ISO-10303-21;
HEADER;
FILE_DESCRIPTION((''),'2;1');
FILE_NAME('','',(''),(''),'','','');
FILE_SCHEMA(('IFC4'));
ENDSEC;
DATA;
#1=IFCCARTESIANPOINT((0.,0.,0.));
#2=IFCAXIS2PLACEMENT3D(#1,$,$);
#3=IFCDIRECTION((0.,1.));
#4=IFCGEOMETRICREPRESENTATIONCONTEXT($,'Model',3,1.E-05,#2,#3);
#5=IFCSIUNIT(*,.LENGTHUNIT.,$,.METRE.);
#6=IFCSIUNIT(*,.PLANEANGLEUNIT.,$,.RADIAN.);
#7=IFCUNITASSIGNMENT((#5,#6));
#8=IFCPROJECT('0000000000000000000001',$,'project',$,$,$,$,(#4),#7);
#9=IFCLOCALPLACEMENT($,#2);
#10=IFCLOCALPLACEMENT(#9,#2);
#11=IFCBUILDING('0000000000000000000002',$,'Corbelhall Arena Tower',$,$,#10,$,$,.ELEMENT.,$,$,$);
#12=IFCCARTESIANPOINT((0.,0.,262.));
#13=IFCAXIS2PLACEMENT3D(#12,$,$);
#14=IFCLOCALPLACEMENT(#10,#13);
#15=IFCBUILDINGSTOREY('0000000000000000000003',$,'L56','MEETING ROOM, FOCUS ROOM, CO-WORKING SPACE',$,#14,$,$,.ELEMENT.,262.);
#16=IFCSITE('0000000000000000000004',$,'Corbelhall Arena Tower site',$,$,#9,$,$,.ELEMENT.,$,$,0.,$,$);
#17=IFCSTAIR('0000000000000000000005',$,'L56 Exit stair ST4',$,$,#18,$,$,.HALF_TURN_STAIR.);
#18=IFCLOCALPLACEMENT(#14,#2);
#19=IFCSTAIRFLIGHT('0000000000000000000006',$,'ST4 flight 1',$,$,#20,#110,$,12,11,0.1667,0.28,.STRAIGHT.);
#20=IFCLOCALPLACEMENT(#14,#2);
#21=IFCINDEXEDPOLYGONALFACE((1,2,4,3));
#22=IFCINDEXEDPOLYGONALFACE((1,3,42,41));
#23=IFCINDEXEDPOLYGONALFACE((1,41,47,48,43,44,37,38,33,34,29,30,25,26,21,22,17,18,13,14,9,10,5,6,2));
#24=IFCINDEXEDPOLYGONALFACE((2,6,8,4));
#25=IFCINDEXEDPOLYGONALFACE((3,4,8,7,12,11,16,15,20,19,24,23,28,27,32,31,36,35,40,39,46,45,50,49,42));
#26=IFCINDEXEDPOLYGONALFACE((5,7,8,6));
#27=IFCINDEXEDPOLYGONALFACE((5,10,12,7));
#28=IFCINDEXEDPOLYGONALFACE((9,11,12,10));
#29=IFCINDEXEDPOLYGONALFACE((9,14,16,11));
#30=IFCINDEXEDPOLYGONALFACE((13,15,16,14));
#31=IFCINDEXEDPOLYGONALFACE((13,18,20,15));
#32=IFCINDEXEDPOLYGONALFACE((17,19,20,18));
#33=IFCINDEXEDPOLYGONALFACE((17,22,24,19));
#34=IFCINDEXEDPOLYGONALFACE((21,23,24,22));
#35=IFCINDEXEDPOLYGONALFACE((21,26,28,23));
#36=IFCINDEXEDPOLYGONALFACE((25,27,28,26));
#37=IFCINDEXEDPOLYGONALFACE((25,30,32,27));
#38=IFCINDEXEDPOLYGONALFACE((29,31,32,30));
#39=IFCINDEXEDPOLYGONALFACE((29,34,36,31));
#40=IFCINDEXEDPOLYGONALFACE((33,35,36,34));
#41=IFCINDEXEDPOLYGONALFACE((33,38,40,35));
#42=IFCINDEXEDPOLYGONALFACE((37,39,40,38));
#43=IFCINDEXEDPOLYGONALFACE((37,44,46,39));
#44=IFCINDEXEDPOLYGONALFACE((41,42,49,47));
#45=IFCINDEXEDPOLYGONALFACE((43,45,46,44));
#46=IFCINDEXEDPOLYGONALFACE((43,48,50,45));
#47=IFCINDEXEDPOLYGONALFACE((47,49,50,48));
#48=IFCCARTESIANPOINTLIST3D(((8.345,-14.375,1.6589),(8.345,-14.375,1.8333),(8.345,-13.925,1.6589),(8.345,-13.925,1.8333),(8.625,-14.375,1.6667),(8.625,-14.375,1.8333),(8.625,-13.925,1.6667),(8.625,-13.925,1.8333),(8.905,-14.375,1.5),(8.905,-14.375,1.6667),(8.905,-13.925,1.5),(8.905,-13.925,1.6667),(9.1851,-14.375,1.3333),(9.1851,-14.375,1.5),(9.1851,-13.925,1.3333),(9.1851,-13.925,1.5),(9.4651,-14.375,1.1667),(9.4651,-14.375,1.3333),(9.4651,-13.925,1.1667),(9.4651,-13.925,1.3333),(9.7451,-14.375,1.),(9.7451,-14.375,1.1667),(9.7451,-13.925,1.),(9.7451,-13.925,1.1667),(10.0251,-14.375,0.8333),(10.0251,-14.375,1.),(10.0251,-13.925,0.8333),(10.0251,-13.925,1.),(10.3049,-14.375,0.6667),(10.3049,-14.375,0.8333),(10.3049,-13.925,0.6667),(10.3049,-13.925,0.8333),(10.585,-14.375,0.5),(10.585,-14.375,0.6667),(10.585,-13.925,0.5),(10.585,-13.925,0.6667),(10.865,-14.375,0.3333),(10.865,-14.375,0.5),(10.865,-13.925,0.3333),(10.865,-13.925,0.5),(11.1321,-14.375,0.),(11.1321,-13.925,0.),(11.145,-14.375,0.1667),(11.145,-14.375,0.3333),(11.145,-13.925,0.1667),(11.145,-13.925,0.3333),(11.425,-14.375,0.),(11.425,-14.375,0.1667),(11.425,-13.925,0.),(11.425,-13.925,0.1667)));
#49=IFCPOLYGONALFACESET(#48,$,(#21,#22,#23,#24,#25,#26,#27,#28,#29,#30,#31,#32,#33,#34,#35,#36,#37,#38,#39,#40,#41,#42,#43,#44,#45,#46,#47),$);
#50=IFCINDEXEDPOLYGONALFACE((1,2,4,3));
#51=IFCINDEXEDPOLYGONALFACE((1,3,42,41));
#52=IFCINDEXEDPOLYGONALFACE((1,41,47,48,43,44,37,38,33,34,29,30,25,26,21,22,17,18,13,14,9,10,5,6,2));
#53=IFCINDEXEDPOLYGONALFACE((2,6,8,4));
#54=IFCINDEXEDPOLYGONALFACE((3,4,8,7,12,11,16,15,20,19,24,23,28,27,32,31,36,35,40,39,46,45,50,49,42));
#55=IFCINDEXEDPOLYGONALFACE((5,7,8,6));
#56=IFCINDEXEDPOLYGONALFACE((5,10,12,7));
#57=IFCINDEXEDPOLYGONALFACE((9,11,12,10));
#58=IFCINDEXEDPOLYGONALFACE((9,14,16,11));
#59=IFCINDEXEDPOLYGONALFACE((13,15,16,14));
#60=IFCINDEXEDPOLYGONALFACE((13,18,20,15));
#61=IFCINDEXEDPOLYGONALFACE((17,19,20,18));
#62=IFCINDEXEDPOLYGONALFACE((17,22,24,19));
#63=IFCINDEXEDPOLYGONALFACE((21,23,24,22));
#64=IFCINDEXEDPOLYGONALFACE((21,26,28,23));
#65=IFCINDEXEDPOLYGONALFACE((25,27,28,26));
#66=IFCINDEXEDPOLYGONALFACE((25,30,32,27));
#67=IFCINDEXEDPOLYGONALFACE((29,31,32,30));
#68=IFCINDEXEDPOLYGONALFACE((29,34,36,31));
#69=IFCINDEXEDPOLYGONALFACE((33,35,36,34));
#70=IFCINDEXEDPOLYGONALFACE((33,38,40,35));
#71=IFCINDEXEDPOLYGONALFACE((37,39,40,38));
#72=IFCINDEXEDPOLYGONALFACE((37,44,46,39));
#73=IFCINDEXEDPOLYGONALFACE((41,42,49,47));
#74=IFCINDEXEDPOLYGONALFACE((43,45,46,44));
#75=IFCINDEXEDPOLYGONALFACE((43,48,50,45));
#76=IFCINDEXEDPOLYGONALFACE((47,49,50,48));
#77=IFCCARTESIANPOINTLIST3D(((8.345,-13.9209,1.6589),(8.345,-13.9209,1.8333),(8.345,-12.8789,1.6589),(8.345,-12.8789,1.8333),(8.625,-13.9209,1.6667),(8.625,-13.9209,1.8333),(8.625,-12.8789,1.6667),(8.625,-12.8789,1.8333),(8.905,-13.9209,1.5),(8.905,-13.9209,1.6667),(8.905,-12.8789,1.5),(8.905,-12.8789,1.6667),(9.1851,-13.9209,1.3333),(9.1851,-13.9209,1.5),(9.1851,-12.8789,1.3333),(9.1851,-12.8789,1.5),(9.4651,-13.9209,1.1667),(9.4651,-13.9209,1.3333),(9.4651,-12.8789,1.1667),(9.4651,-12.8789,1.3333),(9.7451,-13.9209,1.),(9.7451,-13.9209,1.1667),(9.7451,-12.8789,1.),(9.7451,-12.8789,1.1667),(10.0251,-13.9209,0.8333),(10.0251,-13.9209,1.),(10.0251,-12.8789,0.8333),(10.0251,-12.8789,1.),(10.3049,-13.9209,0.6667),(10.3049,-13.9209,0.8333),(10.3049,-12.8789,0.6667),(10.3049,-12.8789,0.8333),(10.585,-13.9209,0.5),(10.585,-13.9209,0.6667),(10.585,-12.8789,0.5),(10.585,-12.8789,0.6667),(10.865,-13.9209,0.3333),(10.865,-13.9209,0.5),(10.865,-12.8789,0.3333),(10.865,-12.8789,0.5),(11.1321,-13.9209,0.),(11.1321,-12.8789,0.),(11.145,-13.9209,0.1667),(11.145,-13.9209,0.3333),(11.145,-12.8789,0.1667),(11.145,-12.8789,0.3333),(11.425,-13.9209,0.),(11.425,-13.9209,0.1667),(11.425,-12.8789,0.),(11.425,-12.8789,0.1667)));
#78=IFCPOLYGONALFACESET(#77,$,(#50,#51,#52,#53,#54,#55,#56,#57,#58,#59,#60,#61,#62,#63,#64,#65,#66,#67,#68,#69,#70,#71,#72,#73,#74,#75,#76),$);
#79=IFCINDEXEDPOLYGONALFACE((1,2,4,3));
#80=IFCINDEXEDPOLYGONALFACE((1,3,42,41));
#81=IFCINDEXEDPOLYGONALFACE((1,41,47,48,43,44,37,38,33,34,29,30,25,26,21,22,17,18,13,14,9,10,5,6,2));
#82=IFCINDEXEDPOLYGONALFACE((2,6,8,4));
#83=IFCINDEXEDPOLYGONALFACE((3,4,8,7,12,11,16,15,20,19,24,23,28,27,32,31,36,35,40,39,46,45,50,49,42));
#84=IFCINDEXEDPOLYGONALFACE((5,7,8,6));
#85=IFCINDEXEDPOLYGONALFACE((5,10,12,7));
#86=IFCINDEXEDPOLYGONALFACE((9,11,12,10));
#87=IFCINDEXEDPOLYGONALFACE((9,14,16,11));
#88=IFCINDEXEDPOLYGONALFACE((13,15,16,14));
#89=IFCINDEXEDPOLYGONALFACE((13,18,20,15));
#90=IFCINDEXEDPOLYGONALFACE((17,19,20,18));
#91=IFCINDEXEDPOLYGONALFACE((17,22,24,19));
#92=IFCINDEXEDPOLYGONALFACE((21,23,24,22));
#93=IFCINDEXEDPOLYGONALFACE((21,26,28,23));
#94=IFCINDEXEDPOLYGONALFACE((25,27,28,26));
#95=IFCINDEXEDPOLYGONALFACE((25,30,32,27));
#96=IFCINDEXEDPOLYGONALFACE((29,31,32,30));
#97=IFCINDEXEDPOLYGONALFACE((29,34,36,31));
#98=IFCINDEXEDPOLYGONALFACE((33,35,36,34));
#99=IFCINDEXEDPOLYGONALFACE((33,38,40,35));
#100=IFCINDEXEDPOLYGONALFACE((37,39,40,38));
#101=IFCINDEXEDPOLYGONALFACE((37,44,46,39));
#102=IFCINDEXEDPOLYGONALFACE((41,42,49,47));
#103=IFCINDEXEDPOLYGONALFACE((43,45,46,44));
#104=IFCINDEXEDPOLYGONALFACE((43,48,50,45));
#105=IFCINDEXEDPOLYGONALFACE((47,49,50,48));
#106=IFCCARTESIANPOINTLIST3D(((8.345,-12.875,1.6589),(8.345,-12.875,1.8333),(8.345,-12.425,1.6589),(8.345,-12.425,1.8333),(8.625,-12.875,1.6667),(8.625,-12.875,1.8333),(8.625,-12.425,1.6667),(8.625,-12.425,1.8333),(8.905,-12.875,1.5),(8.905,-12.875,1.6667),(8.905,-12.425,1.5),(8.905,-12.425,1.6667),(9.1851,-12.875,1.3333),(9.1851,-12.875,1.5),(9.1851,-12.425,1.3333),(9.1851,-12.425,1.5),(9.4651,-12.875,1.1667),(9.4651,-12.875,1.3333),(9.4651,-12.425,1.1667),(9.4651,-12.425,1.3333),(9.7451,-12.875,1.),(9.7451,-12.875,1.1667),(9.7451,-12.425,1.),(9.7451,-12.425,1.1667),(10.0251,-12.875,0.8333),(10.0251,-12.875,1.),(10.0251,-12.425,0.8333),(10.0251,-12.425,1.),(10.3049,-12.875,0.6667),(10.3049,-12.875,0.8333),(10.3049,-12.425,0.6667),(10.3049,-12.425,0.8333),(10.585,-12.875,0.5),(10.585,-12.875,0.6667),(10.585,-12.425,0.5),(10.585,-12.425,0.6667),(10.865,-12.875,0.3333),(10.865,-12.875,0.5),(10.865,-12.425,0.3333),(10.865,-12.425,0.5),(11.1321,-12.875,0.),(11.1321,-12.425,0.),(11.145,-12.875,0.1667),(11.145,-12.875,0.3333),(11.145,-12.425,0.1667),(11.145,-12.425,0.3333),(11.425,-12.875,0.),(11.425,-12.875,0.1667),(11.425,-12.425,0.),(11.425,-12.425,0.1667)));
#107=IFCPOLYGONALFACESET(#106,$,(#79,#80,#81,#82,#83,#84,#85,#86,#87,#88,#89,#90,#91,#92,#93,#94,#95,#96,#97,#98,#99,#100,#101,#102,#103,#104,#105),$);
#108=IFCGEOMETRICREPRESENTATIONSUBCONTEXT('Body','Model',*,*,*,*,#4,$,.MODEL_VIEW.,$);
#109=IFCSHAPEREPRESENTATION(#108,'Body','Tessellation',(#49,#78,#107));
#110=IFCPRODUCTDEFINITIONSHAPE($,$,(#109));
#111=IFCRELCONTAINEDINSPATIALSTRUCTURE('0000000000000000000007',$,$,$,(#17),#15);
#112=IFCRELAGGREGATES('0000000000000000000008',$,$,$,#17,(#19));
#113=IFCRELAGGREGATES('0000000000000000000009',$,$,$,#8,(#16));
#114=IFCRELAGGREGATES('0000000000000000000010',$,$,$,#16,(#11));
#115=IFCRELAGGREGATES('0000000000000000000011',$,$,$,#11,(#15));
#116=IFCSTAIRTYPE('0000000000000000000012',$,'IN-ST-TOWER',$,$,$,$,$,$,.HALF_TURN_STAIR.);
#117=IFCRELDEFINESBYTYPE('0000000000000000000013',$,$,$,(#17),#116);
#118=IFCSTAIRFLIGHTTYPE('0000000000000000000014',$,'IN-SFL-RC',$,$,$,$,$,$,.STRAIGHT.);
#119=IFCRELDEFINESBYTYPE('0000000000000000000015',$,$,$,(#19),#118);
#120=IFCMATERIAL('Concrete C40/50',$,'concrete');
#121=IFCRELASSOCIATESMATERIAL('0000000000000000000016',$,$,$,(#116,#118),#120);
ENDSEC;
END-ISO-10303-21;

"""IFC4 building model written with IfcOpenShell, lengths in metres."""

from ifc_helpers import new_model, si_unit, direction, frame, origin, place, context, subcontext, project, spatial, polyline, outline, extrude, material, type_object, element, aggregate, save


model = new_model("IFC4")

# Units and contexts
model_context = context("Model", 3, precision=1e-05, world=origin(), true_north=direction((0.0, 1.0)))
body_context = subcontext(model_context, "Body", "Model", "MODEL_VIEW")
ifc_project = project(units=[si_unit("LENGTHUNIT", "METRE"), si_unit("PLANEANGLEUNIT", "RADIAN")], contexts=[model_context])

# Site, building, storey
site_placement = place(None, origin())
site = spatial("IfcSite", under=ifc_project, at=site_placement, Name="Corbelhall Arena Tower site", CompositionType="ELEMENT", RefElevation=0.0)
building_placement = place(site_placement, origin())
building = spatial("IfcBuilding", under=site, at=building_placement, Name="Corbelhall Arena Tower", CompositionType="ELEMENT")
storey_placement = place(building_placement, frame((0.0, 0.0, 262.0)))
storey = spatial("IfcBuildingStorey", under=building, at=storey_placement, Name="L56", Description="MEETING ROOM, FOCUS ROOM, CO-WORKING SPACE", CompositionType="ELEMENT", Elevation=262.0)

# Shared definitions
ifc_material_1 = material(Name="Concrete C40/50", Category="concrete")

# Stair, stair flight
stair_type = type_object("IfcStairType", Name="IN-ST-TOWER", PredefinedType="HALF_TURN_STAIR", material=ifc_material_1)
stair_placement = place(storey_placement, origin())
stair = element("IfcStair", 1, at=stair_placement, inside=storey, type_object=stair_type, Name="L56 Exit stair ST4", PredefinedType="HALF_TURN_STAIR")
stair_flight_type = type_object("IfcStairFlightType", Name="IN-SFL-RC", PredefinedType="STRAIGHT", material=ifc_material_1)
stair_flight_1_placement = place(storey_placement, frame((11.425, -13.3999, 0.0), z_axis=(0.0, 0.0, 1.0), x_axis=(-1.0, 0.0, 0.0)))
stair_flight_1 = element("IfcStairFlight", 2, at=stair_flight_1_placement, type_object=stair_flight_type, Name="ST4 flight 1", NumberOfRisers=12, NumberOfTreads=11, PredefinedType="STRAIGHT", RiserHeight=0.1667, TreadLength=0.28, context=body_context, shape_type="SweptSolid", body=[
    extrude(outline(polyline([(0.0, 0.0), (0.0, 0.1667), (0.28, 0.1667), (0.28, 0.3333), (0.5601, 0.3333), (0.5601, 0.5), (0.8401, 0.5), (0.8401, 0.6667), (1.1201, 0.6667), (1.1201, 0.8333), (1.3999, 0.8333), (1.3999, 1.0), (1.6799, 1.0), (1.6799, 1.1667), (1.96, 1.1667), (1.96, 1.3333), (2.24, 1.3333), (2.24, 1.5), (2.52, 1.5), (2.52, 1.6667), (2.8, 1.6667), (2.8, 1.8333), (3.0801, 1.8333), (3.0801, 2.0), (3.0801, 1.6589), (0.293, 0.0), (0.0, 0.0)])), frame((0.0, 0.9751, 0.0), z_axis=(0.0, -1.0, 0.0), x_axis=(1.0, 0.0, 0.0)), (0.0, 0.0, 1.0), 0.45),
    extrude(outline(polyline([(0.0, 0.0), (0.0, 0.1667), (0.28, 0.1667), (0.28, 0.3333), (0.5601, 0.3333), (0.5601, 0.5), (0.8401, 0.5), (0.8401, 0.6667), (1.1201, 0.6667), (1.1201, 0.8333), (1.3999, 0.8333), (1.3999, 1.0), (1.6799, 1.0), (1.6799, 1.1667), (1.96, 1.1667), (1.96, 1.3333), (2.24, 1.3333), (2.24, 1.5), (2.52, 1.5), (2.52, 1.6667), (2.8, 1.6667), (2.8, 1.8333), (3.0801, 1.8333), (3.0801, 2.0), (3.0801, 1.6589), (0.293, 0.0), (0.0, 0.0)])), frame((0.0, 0.521, 0.0), z_axis=(0.0, -1.0, 0.0), x_axis=(1.0, 0.0, 0.0)), (0.0, 0.0, 1.0), 1.042),
    extrude(outline(polyline([(0.0, 0.0), (0.0, 0.1667), (0.28, 0.1667), (0.28, 0.3333), (0.5601, 0.3333), (0.5601, 0.5), (0.8401, 0.5), (0.8401, 0.6667), (1.1201, 0.6667), (1.1201, 0.8333), (1.3999, 0.8333), (1.3999, 1.0), (1.6799, 1.0), (1.6799, 1.1667), (1.96, 1.1667), (1.96, 1.3333), (2.24, 1.3333), (2.24, 1.5), (2.52, 1.5), (2.52, 1.6667), (2.8, 1.6667), (2.8, 1.8333), (3.0801, 1.8333), (3.0801, 2.0), (3.0801, 1.6589), (0.293, 0.0), (0.0, 0.0)])), frame((0.0, -0.5249, 0.0), z_axis=(0.0, -1.0, 0.0), x_axis=(1.0, 0.0, 0.0)), (0.0, 0.0, 1.0), 0.45),
])
aggregate(stair, [stair_flight_1])

save(model, "model.ifc")
